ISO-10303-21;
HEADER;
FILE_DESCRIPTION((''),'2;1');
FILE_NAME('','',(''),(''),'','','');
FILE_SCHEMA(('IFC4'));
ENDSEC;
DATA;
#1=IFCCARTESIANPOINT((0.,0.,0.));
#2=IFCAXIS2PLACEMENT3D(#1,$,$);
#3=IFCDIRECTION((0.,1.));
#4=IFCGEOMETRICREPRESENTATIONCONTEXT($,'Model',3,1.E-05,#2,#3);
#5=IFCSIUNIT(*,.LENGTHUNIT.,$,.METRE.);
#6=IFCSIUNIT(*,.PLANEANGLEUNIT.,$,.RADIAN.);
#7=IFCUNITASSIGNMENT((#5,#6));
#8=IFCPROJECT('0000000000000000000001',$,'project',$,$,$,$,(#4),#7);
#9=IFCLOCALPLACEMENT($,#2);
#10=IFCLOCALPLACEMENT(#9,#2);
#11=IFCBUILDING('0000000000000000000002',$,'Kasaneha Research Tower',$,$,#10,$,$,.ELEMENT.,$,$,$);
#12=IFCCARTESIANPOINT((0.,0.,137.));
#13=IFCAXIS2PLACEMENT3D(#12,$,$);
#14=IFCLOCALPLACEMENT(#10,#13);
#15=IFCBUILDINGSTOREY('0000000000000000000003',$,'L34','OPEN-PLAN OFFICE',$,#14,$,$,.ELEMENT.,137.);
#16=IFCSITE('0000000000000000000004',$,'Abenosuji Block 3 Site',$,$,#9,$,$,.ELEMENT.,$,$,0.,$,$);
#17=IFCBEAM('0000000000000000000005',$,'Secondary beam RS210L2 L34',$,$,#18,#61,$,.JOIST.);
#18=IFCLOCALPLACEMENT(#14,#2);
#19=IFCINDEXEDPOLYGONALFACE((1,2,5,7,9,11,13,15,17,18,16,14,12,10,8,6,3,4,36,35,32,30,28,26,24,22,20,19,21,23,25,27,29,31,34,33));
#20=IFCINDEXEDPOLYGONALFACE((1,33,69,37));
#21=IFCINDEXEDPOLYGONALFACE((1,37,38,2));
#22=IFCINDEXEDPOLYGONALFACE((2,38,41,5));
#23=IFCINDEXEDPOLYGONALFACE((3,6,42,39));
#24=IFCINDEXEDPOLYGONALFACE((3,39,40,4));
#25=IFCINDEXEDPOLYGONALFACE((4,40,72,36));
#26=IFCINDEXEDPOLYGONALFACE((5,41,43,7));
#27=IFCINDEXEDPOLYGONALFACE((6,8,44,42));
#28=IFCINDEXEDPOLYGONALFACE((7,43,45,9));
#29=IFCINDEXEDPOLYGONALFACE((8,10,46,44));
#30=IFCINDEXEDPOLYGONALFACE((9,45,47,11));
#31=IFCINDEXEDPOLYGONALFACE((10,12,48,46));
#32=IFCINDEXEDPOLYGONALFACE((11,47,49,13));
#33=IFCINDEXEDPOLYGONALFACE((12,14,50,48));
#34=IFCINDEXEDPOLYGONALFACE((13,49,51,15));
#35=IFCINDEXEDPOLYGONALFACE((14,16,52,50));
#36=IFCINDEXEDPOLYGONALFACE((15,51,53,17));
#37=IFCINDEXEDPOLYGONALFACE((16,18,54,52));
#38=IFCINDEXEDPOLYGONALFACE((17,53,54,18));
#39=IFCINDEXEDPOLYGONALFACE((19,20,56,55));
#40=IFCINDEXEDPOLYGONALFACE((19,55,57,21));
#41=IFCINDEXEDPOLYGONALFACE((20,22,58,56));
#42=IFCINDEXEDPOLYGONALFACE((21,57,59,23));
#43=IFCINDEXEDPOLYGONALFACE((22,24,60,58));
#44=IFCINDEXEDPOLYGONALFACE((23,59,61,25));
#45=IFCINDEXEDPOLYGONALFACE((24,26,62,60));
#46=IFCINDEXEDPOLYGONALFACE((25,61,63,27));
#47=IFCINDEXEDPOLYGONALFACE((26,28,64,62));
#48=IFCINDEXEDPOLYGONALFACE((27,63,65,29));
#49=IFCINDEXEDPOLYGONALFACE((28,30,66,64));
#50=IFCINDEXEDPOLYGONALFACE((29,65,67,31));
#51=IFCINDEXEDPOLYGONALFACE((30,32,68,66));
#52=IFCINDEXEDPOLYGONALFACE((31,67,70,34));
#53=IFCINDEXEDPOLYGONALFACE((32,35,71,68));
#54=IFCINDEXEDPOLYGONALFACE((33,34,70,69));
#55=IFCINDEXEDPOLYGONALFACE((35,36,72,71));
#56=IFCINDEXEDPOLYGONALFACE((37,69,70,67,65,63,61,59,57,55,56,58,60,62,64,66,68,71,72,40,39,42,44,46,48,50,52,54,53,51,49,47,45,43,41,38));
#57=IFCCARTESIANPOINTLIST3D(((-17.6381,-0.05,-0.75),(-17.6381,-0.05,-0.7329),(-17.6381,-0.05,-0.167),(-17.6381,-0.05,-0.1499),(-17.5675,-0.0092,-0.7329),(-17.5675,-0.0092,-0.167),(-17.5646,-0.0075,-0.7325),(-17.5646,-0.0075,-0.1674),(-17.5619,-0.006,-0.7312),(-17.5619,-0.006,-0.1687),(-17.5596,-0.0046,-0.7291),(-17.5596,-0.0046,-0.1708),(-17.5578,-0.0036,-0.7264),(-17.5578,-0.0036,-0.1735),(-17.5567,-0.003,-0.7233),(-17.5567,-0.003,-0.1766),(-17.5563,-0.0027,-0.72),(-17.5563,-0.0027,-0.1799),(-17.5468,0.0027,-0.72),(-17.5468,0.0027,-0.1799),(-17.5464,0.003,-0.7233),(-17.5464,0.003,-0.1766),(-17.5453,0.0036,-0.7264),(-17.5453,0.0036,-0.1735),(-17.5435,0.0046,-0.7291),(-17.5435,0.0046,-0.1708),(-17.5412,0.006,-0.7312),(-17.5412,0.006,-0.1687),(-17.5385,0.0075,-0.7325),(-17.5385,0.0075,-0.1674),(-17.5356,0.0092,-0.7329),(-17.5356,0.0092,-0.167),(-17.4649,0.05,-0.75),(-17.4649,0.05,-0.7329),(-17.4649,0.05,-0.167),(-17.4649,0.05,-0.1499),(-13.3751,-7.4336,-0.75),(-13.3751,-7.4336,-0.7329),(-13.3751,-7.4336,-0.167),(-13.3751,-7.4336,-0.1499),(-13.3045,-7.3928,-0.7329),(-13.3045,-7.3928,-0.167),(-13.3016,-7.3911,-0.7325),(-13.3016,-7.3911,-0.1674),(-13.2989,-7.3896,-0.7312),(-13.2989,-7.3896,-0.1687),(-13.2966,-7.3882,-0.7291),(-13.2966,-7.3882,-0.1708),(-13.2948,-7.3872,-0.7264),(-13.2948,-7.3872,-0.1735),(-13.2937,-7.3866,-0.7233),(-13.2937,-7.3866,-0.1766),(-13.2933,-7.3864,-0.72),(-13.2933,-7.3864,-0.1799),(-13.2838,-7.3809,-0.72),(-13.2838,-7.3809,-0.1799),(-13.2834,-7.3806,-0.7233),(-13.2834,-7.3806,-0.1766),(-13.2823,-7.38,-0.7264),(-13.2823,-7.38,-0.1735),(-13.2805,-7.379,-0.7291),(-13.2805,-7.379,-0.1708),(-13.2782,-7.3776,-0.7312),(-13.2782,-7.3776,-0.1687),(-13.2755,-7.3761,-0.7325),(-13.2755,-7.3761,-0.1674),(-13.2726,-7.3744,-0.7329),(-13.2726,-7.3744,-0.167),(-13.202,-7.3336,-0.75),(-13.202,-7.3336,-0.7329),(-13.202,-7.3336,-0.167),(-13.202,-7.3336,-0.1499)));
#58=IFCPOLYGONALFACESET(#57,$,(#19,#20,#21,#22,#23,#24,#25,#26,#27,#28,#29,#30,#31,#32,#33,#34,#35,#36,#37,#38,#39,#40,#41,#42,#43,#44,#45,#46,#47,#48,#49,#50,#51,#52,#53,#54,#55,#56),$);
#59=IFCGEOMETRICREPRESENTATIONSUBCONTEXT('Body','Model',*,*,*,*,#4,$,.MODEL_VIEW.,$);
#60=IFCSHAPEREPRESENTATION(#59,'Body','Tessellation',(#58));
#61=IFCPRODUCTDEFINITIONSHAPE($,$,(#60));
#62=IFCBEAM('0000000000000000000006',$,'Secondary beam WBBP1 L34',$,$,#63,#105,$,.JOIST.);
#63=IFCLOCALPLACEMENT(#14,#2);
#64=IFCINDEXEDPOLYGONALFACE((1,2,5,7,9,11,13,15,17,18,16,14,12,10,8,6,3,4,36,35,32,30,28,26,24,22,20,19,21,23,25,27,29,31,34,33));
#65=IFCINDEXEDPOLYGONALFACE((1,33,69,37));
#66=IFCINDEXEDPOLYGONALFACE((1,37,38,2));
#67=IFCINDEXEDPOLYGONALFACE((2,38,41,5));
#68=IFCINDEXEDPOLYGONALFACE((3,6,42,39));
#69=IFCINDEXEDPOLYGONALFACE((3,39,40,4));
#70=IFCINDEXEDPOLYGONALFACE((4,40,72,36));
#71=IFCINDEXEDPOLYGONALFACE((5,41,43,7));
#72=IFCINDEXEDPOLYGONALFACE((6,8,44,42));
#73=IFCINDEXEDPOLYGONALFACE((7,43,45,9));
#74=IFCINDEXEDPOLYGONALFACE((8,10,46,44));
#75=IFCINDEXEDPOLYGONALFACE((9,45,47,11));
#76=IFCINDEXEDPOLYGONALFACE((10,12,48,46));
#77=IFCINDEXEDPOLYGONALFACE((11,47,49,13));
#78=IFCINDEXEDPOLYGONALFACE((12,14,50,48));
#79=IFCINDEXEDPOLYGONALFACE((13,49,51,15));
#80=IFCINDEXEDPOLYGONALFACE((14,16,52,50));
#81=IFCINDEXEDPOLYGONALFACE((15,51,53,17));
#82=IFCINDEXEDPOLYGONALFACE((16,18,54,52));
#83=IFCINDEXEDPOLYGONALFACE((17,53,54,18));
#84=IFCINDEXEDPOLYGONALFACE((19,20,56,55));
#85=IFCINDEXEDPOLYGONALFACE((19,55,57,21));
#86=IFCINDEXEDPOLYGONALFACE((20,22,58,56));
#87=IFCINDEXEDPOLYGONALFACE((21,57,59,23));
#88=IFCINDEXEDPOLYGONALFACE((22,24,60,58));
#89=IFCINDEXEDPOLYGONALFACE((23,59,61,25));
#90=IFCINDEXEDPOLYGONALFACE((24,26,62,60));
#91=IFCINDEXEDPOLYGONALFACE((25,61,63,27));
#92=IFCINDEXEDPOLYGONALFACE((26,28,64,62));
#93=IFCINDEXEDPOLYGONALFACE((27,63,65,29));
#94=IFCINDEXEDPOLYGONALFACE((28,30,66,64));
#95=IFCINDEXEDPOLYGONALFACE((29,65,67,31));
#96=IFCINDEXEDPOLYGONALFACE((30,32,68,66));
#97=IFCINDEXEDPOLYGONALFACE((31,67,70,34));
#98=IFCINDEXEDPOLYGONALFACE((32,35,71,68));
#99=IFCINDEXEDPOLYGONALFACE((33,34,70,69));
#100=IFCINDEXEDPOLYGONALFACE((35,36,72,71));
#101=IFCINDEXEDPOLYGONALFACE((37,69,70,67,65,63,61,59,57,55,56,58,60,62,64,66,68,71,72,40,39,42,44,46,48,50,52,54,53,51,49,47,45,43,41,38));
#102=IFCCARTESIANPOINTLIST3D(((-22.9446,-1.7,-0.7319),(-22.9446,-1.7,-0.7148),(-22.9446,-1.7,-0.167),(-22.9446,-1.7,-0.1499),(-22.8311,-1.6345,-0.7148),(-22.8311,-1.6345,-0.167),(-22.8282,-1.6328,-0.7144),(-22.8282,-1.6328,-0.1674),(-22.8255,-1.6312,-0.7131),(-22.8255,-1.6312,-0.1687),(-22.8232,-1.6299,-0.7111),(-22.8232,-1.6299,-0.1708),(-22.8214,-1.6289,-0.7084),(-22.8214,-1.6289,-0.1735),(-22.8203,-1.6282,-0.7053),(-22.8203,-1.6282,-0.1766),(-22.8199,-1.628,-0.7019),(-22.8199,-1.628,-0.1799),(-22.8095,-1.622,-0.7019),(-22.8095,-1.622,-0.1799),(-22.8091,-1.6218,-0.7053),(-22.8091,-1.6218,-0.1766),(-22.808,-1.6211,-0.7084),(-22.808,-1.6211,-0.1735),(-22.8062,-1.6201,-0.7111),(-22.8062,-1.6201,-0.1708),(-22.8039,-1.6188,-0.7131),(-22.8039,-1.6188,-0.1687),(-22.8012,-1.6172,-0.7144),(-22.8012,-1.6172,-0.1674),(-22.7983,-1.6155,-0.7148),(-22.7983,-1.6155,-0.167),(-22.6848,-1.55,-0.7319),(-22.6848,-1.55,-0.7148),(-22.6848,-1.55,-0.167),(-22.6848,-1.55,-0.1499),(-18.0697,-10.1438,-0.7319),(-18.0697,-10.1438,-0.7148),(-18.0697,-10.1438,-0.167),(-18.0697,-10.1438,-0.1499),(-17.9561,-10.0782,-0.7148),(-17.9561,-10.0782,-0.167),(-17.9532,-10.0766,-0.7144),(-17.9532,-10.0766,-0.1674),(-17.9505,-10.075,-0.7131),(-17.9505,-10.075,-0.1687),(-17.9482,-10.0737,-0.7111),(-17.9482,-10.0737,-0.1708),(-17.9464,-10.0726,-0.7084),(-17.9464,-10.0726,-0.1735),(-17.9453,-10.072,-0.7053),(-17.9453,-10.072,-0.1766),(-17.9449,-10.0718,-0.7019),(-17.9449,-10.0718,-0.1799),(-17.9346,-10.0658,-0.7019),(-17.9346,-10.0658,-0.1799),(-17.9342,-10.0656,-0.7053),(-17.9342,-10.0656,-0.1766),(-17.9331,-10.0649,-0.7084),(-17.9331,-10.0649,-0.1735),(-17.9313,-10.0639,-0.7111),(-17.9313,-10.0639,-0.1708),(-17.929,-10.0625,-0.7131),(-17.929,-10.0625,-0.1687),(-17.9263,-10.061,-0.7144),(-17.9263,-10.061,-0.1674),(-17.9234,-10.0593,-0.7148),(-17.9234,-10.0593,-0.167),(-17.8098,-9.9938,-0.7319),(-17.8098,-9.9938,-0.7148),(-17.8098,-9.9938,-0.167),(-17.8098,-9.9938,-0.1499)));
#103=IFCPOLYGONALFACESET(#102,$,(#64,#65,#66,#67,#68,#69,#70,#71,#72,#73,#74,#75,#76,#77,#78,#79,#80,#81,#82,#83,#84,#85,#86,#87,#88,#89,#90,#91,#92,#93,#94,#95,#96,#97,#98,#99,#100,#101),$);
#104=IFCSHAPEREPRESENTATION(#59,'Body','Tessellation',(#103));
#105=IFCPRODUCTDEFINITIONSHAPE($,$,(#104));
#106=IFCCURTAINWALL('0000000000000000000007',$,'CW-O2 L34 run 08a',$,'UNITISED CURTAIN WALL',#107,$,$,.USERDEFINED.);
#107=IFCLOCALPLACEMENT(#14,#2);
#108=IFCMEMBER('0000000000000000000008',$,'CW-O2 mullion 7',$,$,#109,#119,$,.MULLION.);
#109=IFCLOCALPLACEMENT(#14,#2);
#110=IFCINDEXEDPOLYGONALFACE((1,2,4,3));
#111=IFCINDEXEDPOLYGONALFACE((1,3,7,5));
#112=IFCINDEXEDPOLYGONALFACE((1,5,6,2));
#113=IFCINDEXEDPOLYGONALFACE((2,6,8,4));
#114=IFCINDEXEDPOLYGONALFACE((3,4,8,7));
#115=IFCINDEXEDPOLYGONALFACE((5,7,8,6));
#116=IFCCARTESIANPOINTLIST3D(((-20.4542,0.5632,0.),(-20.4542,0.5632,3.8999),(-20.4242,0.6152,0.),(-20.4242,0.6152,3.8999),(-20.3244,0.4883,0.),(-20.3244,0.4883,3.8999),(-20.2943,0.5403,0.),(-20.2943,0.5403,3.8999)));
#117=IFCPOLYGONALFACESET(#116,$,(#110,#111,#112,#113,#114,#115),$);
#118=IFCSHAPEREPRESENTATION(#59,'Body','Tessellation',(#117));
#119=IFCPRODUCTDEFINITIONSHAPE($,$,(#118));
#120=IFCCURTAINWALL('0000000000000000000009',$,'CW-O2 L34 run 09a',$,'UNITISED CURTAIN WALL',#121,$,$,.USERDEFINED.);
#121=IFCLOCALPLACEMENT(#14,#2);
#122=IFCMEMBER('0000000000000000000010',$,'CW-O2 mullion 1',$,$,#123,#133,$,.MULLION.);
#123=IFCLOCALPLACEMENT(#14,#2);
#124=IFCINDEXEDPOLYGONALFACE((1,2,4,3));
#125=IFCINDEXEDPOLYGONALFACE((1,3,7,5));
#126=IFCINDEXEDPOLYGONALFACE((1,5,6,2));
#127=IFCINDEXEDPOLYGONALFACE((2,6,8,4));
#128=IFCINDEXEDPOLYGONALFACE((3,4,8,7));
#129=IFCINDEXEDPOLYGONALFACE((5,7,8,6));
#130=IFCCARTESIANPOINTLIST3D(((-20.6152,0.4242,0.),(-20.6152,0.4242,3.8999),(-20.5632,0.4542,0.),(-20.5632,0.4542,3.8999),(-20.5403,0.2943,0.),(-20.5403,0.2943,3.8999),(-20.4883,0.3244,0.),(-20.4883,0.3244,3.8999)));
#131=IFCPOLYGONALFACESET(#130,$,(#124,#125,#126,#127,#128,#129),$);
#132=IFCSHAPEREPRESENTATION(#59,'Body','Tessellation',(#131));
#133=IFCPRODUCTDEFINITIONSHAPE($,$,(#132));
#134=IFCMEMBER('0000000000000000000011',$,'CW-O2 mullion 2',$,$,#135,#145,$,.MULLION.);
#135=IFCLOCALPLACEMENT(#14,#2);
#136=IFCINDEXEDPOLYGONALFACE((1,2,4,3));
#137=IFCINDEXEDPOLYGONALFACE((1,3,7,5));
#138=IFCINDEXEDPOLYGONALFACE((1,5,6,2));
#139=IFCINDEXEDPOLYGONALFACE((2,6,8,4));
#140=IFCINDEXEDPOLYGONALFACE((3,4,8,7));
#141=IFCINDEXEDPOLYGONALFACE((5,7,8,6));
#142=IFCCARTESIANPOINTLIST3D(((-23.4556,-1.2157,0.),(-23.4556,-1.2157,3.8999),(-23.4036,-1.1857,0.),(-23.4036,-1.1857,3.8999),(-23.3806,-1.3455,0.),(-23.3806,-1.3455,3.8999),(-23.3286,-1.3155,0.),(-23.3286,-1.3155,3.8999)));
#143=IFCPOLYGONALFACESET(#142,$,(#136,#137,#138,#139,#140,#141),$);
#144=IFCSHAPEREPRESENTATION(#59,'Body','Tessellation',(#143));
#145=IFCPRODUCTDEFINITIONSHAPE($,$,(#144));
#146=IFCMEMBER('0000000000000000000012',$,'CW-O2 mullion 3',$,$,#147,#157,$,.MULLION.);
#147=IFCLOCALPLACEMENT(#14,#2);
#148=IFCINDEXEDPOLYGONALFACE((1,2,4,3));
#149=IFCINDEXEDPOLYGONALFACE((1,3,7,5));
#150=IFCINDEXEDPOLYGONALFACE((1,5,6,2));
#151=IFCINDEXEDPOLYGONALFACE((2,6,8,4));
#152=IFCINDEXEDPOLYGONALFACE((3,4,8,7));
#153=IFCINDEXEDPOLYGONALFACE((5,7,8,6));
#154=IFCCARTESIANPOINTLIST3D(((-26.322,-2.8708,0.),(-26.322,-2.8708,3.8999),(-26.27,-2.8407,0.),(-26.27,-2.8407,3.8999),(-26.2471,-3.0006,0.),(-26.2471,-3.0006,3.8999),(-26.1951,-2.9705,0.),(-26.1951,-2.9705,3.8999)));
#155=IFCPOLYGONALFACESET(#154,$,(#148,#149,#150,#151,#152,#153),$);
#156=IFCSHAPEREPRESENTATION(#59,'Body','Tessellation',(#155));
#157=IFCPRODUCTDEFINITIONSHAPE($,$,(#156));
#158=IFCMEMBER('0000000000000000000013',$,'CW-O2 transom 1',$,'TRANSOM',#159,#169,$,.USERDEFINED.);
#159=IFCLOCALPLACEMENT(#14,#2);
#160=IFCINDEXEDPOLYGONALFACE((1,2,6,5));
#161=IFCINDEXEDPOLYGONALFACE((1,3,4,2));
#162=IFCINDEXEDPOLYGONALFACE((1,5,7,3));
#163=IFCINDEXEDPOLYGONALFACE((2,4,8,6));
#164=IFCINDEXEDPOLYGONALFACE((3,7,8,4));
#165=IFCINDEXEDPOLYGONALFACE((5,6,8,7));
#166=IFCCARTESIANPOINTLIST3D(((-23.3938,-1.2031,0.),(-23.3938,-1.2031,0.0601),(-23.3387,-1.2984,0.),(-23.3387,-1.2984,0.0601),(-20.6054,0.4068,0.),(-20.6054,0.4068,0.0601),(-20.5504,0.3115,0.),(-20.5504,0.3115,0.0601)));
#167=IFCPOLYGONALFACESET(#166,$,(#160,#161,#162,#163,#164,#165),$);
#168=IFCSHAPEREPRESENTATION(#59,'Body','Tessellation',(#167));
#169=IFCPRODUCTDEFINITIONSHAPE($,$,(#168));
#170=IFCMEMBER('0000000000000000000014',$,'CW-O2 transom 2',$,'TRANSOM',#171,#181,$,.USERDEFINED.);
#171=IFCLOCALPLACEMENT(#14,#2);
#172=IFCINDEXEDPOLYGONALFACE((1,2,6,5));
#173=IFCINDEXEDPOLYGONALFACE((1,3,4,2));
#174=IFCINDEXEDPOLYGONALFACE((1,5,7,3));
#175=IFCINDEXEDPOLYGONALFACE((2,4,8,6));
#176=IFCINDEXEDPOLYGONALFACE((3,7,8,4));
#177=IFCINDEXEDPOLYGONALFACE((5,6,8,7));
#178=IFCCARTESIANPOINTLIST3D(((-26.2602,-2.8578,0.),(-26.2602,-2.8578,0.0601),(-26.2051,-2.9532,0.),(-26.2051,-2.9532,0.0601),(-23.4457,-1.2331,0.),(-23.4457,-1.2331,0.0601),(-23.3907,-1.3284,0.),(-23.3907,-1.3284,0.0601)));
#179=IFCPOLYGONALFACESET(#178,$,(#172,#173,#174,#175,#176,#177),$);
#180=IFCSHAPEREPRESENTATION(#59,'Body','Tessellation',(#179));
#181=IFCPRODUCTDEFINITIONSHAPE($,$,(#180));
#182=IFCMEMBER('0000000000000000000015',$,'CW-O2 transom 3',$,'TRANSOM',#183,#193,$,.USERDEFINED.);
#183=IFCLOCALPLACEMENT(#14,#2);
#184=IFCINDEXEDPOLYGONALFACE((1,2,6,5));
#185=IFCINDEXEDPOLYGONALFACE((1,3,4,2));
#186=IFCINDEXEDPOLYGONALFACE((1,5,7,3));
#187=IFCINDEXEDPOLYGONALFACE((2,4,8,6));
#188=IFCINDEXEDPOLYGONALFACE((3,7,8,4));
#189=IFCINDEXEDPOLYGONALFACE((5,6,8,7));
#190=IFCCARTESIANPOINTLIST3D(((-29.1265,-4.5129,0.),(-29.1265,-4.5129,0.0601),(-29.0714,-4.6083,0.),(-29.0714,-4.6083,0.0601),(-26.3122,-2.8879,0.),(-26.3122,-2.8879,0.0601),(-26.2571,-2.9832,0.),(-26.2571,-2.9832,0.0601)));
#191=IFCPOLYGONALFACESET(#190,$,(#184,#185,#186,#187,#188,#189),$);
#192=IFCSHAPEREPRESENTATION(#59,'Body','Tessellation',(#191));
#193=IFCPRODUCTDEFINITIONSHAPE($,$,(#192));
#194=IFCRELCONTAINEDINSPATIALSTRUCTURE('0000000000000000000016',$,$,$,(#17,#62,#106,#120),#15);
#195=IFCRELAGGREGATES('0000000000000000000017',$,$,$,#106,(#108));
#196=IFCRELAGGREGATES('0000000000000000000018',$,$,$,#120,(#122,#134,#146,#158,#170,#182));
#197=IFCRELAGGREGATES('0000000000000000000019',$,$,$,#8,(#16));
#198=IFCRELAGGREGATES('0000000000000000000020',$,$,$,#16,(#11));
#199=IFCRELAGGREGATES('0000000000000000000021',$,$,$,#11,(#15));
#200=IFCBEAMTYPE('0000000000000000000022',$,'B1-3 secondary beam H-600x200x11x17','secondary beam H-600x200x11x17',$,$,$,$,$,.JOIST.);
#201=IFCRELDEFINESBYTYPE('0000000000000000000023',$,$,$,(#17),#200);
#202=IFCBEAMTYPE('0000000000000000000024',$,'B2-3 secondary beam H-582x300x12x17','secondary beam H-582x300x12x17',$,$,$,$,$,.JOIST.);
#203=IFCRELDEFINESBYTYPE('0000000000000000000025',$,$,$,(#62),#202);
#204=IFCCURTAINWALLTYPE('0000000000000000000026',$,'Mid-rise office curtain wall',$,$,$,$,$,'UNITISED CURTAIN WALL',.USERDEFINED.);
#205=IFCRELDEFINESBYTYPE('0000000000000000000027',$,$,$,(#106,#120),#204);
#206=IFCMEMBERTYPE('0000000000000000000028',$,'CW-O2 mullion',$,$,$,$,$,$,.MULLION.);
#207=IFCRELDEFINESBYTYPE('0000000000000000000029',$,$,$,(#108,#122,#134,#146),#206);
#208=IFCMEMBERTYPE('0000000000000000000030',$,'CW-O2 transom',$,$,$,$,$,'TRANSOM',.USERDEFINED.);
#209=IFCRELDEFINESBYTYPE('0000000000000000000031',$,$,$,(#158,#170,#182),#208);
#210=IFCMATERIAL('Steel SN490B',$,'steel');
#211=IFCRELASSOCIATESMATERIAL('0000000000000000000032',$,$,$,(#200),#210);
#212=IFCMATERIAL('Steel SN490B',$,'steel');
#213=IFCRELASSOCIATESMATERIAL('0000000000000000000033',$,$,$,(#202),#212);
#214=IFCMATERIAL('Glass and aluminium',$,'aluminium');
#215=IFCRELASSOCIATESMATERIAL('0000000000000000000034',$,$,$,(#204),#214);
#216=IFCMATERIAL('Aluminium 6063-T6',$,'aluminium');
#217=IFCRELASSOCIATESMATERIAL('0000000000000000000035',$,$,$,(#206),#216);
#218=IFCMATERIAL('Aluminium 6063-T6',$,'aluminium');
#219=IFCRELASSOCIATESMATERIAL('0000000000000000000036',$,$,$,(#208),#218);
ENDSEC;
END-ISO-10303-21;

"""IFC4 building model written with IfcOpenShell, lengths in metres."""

from ifc_helpers import new_model, si_unit, direction, frame, origin, origin_2d, place, context, subcontext, project, spatial, rectangle, i_section, extrude, material, material_profile, profile_set, type_object, element, aggregate, save


model = new_model("IFC4")

# Units and contexts
model_context = context("Model", 3, precision=1e-05, world=origin(), true_north=direction((0.0, 1.0)))
body_context = subcontext(model_context, "Body", "Model", "MODEL_VIEW")
ifc_project = project(units=[si_unit("LENGTHUNIT", "METRE"), si_unit("PLANEANGLEUNIT", "RADIAN")], contexts=[model_context])

# Site, building, storey
site_placement = place(None, origin())
site = spatial("IfcSite", under=ifc_project, at=site_placement, Name="Abenosuji Block 3 Site", CompositionType="ELEMENT", RefElevation=0.0)
building_placement = place(site_placement, origin())
building = spatial("IfcBuilding", under=site, at=building_placement, Name="Kasaneha Research Tower", CompositionType="ELEMENT")
storey_placement = place(building_placement, frame((0.0, 0.0, 137.0)))
storey = spatial("IfcBuildingStorey", under=building, at=storey_placement, Name="L34", Description="OPEN-PLAN OFFICE", CompositionType="ELEMENT", Elevation=137.0)

# Beams
ifc_material_1 = material(Name="Steel SN490B", Category="steel")
ifc_material_profile_1 = material_profile(ifc_material_1, i_section(OverallWidth=0.2, OverallDepth=0.6001, WebThickness=0.011, FlangeThickness=0.0171, FilletRadius=0.0129, at=origin_2d()), Name="H-600x200x11x17")
ifc_profile_set_1 = profile_set([ifc_material_profile_1], Name="Steel SN490B")
beam_type_1 = type_object("IfcBeamType", Name="B1-3 secondary beam H-600x200x11x17", Description="secondary beam H-600x200x11x17", PredefinedType="JOIST", material=ifc_profile_set_1)
beam_1_placement = place(storey_placement, frame((-17.5515, 0.0, -0.45), z_axis=(0.500004, -0.866023, 0.0), x_axis=(0.866023, 0.500004, 0.0)))
element("IfcBeam", 1, at=beam_1_placement, inside=storey, type_object=beam_type_1, Name="Secondary beam RS210L2 L34", PredefinedType="JOIST", context=body_context, shape_type="SweptSolid", body=[
    extrude(i_section(OverallWidth=0.2, OverallDepth=0.6001, WebThickness=0.011, FlangeThickness=0.0171, FilletRadius=0.0129, at=origin_2d()), origin(), (0.0, 0.0, 1.0), 8.5259),
])
ifc_material_2 = material(Name="Steel SN490B", Category="steel")
ifc_material_profile_2 = material_profile(ifc_material_2, i_section(OverallWidth=0.3, OverallDepth=0.582, WebThickness=0.012, FlangeThickness=0.0171, FilletRadius=0.0129, at=origin_2d()), Name="H-582x300x12x17")
ifc_profile_set_2 = profile_set([ifc_material_profile_2], Name="Steel SN490B")
beam_type_2 = type_object("IfcBeamType", Name="B2-3 secondary beam H-582x300x12x17", Description="secondary beam H-582x300x12x17", PredefinedType="JOIST", material=ifc_profile_set_2)
beam_2_placement = place(storey_placement, frame((-22.8147, -1.625, -0.4409), z_axis=(0.499996, -0.866028, 0.0), x_axis=(0.866028, 0.499996, 0.0)))
element("IfcBeam", 2, at=beam_2_placement, inside=storey, type_object=beam_type_2, Name="Secondary beam WBBP1 L34", PredefinedType="JOIST", context=body_context, shape_type="SweptSolid", body=[
    extrude(i_section(OverallWidth=0.3, OverallDepth=0.582, WebThickness=0.012, FlangeThickness=0.0171, FilletRadius=0.0129, at=origin_2d()), origin(), (0.0, 0.0, 1.0), 9.75),
])

# Curtain wall, member
ifc_material_3 = material(Name="Glass and aluminium", Category="aluminium")
curtain_wall_type = type_object("IfcCurtainWallType", Name="Mid-rise office curtain wall", ElementType="UNITISED CURTAIN WALL", PredefinedType="USERDEFINED", material=ifc_material_3)
curtain_wall_1_placement = place(storey_placement, origin())
curtain_wall_1 = element("IfcCurtainWall", 3, at=curtain_wall_1_placement, inside=storey, type_object=curtain_wall_type, Name="CW-O2 L34 run 08a", ObjectType="UNITISED CURTAIN WALL", PredefinedType="USERDEFINED")
ifc_material_4 = material(Name="Aluminium 6063-T6", Category="aluminium")
ifc_material_profile_3 = material_profile(ifc_material_4, rectangle(XDim=0.0601, YDim=0.1499, at=origin_2d()), Name="CW-O2 mullion 60x150")
ifc_profile_set_3 = profile_set([ifc_material_profile_3], Name="Aluminium 6063-T6")
member_type_1 = type_object("IfcMemberType", Name="CW-O2 mullion", PredefinedType="MULLION", material=ifc_profile_set_3)
member_1_placement = place(storey_placement, frame((-20.3743, 0.5518, 0.0), z_axis=(0.0, 0.0, 1.0), x_axis=(-0.5, -0.866025, 0.0)))
member_1 = element("IfcMember", 4, at=member_1_placement, type_object=member_type_1, Name="CW-O2 mullion 7", PredefinedType="MULLION", context=body_context, shape_type="SweptSolid", body=[
    extrude(rectangle(XDim=0.0601, YDim=0.1499, at=origin_2d()), origin(), (0.0, 0.0, 1.0), 3.8999),
])

# Curtain wall, members
curtain_wall_2_placement = place(storey_placement, origin())
curtain_wall_2 = element("IfcCurtainWall", 5, at=curtain_wall_2_placement, inside=storey, type_object=curtain_wall_type, Name="CW-O2 L34 run 09a", ObjectType="UNITISED CURTAIN WALL", PredefinedType="USERDEFINED")
member_2_placement = place(storey_placement, frame((-20.5518, 0.3743, 0.0), z_axis=(0.0, 0.0, 1.0), x_axis=(-0.866025, -0.5, 0.0)))
member_2 = element("IfcMember", 6, at=member_2_placement, type_object=member_type_1, Name="CW-O2 mullion 1", PredefinedType="MULLION", context=body_context, shape_type="SweptSolid", body=[
    extrude(rectangle(XDim=0.0601, YDim=0.1499, at=origin_2d()), origin(), (0.0, 0.0, 1.0), 3.8999),
])
member_3_placement = place(storey_placement, frame((-23.3921, -1.2656, 0.0), z_axis=(0.0, 0.0, 1.0), x_axis=(-0.866025, -0.5, 0.0)))
member_3 = element("IfcMember", 7, at=member_3_placement, type_object=member_type_1, Name="CW-O2 mullion 2", PredefinedType="MULLION", context=body_context, shape_type="SweptSolid", body=[
    extrude(rectangle(XDim=0.0601, YDim=0.1499, at=origin_2d()), origin(), (0.0, 0.0, 1.0), 3.8999),
])
member_4_placement = place(storey_placement, frame((-26.2585, -2.9207, 0.0), z_axis=(0.0, 0.0, 1.0), x_axis=(-0.866025, -0.5, 0.0)))
member_4 = element("IfcMember", 8, at=member_4_placement, type_object=member_type_1, Name="CW-O2 mullion 3", PredefinedType="MULLION", context=body_context, shape_type="SweptSolid", body=[
    extrude(rectangle(XDim=0.0601, YDim=0.1499, at=origin_2d()), origin(), (0.0, 0.0, 1.0), 3.8999),
])
ifc_material_5 = material(Name="Aluminium 6063-T6", Category="aluminium")
ifc_material_profile_4 = material_profile(ifc_material_5, rectangle(XDim=0.1101, YDim=0.0601, at=origin_2d()), Name="CW-O2 transom 110x60")
ifc_profile_set_4 = profile_set([ifc_material_profile_4], Name="Aluminium 6063-T6")
member_type_2 = type_object("IfcMemberType", Name="CW-O2 transom", ElementType="TRANSOM", PredefinedType="USERDEFINED", material=ifc_profile_set_4)
member_5_placement = place(storey_placement, frame((-20.5779, 0.3591, 0.03), z_axis=(-0.866023, -0.500005, 0.0), x_axis=(0.500005, -0.866023, 0.0)))
member_5 = element("IfcMember", 9, at=member_5_placement, type_object=member_type_2, Name="CW-O2 transom 1", ObjectType="TRANSOM", PredefinedType="USERDEFINED", context=body_context, shape_type="SweptSolid", body=[
    extrude(rectangle(XDim=0.1101, YDim=0.0601, at=origin_2d()), origin(), (0.0, 0.0, 1.0), 3.2197),
])
member_6_placement = place(storey_placement, frame((-23.4182, -1.2808, 0.03), z_axis=(-0.866048, -0.499961, 0.0), x_axis=(0.499961, -0.866048, 0.0)))
member_6 = element("IfcMember", 10, at=member_6_placement, type_object=member_type_2, Name="CW-O2 transom 2", ObjectType="TRANSOM", PredefinedType="USERDEFINED", context=body_context, shape_type="SweptSolid", body=[
    extrude(rectangle(XDim=0.1101, YDim=0.0601, at=origin_2d()), origin(), (0.0, 0.0, 1.0), 3.2498),
])
member_7_placement = place(storey_placement, frame((-26.2847, -2.9355, 0.03), z_axis=(-0.865997, -0.50005, 0.0), x_axis=(0.50005, -0.865997, 0.0)))
member_7 = element("IfcMember", 11, at=member_7_placement, type_object=member_type_2, Name="CW-O2 transom 3", ObjectType="TRANSOM", PredefinedType="USERDEFINED", context=body_context, shape_type="SweptSolid", body=[
    extrude(rectangle(XDim=0.1101, YDim=0.0601, at=origin_2d()), origin(), (0.0, 0.0, 1.0), 3.2498),
])

aggregate(curtain_wall_1, [member_1])
aggregate(curtain_wall_2, [member_2, member_3, member_4, member_5, member_6, member_7])

save(model, "model.ifc")
